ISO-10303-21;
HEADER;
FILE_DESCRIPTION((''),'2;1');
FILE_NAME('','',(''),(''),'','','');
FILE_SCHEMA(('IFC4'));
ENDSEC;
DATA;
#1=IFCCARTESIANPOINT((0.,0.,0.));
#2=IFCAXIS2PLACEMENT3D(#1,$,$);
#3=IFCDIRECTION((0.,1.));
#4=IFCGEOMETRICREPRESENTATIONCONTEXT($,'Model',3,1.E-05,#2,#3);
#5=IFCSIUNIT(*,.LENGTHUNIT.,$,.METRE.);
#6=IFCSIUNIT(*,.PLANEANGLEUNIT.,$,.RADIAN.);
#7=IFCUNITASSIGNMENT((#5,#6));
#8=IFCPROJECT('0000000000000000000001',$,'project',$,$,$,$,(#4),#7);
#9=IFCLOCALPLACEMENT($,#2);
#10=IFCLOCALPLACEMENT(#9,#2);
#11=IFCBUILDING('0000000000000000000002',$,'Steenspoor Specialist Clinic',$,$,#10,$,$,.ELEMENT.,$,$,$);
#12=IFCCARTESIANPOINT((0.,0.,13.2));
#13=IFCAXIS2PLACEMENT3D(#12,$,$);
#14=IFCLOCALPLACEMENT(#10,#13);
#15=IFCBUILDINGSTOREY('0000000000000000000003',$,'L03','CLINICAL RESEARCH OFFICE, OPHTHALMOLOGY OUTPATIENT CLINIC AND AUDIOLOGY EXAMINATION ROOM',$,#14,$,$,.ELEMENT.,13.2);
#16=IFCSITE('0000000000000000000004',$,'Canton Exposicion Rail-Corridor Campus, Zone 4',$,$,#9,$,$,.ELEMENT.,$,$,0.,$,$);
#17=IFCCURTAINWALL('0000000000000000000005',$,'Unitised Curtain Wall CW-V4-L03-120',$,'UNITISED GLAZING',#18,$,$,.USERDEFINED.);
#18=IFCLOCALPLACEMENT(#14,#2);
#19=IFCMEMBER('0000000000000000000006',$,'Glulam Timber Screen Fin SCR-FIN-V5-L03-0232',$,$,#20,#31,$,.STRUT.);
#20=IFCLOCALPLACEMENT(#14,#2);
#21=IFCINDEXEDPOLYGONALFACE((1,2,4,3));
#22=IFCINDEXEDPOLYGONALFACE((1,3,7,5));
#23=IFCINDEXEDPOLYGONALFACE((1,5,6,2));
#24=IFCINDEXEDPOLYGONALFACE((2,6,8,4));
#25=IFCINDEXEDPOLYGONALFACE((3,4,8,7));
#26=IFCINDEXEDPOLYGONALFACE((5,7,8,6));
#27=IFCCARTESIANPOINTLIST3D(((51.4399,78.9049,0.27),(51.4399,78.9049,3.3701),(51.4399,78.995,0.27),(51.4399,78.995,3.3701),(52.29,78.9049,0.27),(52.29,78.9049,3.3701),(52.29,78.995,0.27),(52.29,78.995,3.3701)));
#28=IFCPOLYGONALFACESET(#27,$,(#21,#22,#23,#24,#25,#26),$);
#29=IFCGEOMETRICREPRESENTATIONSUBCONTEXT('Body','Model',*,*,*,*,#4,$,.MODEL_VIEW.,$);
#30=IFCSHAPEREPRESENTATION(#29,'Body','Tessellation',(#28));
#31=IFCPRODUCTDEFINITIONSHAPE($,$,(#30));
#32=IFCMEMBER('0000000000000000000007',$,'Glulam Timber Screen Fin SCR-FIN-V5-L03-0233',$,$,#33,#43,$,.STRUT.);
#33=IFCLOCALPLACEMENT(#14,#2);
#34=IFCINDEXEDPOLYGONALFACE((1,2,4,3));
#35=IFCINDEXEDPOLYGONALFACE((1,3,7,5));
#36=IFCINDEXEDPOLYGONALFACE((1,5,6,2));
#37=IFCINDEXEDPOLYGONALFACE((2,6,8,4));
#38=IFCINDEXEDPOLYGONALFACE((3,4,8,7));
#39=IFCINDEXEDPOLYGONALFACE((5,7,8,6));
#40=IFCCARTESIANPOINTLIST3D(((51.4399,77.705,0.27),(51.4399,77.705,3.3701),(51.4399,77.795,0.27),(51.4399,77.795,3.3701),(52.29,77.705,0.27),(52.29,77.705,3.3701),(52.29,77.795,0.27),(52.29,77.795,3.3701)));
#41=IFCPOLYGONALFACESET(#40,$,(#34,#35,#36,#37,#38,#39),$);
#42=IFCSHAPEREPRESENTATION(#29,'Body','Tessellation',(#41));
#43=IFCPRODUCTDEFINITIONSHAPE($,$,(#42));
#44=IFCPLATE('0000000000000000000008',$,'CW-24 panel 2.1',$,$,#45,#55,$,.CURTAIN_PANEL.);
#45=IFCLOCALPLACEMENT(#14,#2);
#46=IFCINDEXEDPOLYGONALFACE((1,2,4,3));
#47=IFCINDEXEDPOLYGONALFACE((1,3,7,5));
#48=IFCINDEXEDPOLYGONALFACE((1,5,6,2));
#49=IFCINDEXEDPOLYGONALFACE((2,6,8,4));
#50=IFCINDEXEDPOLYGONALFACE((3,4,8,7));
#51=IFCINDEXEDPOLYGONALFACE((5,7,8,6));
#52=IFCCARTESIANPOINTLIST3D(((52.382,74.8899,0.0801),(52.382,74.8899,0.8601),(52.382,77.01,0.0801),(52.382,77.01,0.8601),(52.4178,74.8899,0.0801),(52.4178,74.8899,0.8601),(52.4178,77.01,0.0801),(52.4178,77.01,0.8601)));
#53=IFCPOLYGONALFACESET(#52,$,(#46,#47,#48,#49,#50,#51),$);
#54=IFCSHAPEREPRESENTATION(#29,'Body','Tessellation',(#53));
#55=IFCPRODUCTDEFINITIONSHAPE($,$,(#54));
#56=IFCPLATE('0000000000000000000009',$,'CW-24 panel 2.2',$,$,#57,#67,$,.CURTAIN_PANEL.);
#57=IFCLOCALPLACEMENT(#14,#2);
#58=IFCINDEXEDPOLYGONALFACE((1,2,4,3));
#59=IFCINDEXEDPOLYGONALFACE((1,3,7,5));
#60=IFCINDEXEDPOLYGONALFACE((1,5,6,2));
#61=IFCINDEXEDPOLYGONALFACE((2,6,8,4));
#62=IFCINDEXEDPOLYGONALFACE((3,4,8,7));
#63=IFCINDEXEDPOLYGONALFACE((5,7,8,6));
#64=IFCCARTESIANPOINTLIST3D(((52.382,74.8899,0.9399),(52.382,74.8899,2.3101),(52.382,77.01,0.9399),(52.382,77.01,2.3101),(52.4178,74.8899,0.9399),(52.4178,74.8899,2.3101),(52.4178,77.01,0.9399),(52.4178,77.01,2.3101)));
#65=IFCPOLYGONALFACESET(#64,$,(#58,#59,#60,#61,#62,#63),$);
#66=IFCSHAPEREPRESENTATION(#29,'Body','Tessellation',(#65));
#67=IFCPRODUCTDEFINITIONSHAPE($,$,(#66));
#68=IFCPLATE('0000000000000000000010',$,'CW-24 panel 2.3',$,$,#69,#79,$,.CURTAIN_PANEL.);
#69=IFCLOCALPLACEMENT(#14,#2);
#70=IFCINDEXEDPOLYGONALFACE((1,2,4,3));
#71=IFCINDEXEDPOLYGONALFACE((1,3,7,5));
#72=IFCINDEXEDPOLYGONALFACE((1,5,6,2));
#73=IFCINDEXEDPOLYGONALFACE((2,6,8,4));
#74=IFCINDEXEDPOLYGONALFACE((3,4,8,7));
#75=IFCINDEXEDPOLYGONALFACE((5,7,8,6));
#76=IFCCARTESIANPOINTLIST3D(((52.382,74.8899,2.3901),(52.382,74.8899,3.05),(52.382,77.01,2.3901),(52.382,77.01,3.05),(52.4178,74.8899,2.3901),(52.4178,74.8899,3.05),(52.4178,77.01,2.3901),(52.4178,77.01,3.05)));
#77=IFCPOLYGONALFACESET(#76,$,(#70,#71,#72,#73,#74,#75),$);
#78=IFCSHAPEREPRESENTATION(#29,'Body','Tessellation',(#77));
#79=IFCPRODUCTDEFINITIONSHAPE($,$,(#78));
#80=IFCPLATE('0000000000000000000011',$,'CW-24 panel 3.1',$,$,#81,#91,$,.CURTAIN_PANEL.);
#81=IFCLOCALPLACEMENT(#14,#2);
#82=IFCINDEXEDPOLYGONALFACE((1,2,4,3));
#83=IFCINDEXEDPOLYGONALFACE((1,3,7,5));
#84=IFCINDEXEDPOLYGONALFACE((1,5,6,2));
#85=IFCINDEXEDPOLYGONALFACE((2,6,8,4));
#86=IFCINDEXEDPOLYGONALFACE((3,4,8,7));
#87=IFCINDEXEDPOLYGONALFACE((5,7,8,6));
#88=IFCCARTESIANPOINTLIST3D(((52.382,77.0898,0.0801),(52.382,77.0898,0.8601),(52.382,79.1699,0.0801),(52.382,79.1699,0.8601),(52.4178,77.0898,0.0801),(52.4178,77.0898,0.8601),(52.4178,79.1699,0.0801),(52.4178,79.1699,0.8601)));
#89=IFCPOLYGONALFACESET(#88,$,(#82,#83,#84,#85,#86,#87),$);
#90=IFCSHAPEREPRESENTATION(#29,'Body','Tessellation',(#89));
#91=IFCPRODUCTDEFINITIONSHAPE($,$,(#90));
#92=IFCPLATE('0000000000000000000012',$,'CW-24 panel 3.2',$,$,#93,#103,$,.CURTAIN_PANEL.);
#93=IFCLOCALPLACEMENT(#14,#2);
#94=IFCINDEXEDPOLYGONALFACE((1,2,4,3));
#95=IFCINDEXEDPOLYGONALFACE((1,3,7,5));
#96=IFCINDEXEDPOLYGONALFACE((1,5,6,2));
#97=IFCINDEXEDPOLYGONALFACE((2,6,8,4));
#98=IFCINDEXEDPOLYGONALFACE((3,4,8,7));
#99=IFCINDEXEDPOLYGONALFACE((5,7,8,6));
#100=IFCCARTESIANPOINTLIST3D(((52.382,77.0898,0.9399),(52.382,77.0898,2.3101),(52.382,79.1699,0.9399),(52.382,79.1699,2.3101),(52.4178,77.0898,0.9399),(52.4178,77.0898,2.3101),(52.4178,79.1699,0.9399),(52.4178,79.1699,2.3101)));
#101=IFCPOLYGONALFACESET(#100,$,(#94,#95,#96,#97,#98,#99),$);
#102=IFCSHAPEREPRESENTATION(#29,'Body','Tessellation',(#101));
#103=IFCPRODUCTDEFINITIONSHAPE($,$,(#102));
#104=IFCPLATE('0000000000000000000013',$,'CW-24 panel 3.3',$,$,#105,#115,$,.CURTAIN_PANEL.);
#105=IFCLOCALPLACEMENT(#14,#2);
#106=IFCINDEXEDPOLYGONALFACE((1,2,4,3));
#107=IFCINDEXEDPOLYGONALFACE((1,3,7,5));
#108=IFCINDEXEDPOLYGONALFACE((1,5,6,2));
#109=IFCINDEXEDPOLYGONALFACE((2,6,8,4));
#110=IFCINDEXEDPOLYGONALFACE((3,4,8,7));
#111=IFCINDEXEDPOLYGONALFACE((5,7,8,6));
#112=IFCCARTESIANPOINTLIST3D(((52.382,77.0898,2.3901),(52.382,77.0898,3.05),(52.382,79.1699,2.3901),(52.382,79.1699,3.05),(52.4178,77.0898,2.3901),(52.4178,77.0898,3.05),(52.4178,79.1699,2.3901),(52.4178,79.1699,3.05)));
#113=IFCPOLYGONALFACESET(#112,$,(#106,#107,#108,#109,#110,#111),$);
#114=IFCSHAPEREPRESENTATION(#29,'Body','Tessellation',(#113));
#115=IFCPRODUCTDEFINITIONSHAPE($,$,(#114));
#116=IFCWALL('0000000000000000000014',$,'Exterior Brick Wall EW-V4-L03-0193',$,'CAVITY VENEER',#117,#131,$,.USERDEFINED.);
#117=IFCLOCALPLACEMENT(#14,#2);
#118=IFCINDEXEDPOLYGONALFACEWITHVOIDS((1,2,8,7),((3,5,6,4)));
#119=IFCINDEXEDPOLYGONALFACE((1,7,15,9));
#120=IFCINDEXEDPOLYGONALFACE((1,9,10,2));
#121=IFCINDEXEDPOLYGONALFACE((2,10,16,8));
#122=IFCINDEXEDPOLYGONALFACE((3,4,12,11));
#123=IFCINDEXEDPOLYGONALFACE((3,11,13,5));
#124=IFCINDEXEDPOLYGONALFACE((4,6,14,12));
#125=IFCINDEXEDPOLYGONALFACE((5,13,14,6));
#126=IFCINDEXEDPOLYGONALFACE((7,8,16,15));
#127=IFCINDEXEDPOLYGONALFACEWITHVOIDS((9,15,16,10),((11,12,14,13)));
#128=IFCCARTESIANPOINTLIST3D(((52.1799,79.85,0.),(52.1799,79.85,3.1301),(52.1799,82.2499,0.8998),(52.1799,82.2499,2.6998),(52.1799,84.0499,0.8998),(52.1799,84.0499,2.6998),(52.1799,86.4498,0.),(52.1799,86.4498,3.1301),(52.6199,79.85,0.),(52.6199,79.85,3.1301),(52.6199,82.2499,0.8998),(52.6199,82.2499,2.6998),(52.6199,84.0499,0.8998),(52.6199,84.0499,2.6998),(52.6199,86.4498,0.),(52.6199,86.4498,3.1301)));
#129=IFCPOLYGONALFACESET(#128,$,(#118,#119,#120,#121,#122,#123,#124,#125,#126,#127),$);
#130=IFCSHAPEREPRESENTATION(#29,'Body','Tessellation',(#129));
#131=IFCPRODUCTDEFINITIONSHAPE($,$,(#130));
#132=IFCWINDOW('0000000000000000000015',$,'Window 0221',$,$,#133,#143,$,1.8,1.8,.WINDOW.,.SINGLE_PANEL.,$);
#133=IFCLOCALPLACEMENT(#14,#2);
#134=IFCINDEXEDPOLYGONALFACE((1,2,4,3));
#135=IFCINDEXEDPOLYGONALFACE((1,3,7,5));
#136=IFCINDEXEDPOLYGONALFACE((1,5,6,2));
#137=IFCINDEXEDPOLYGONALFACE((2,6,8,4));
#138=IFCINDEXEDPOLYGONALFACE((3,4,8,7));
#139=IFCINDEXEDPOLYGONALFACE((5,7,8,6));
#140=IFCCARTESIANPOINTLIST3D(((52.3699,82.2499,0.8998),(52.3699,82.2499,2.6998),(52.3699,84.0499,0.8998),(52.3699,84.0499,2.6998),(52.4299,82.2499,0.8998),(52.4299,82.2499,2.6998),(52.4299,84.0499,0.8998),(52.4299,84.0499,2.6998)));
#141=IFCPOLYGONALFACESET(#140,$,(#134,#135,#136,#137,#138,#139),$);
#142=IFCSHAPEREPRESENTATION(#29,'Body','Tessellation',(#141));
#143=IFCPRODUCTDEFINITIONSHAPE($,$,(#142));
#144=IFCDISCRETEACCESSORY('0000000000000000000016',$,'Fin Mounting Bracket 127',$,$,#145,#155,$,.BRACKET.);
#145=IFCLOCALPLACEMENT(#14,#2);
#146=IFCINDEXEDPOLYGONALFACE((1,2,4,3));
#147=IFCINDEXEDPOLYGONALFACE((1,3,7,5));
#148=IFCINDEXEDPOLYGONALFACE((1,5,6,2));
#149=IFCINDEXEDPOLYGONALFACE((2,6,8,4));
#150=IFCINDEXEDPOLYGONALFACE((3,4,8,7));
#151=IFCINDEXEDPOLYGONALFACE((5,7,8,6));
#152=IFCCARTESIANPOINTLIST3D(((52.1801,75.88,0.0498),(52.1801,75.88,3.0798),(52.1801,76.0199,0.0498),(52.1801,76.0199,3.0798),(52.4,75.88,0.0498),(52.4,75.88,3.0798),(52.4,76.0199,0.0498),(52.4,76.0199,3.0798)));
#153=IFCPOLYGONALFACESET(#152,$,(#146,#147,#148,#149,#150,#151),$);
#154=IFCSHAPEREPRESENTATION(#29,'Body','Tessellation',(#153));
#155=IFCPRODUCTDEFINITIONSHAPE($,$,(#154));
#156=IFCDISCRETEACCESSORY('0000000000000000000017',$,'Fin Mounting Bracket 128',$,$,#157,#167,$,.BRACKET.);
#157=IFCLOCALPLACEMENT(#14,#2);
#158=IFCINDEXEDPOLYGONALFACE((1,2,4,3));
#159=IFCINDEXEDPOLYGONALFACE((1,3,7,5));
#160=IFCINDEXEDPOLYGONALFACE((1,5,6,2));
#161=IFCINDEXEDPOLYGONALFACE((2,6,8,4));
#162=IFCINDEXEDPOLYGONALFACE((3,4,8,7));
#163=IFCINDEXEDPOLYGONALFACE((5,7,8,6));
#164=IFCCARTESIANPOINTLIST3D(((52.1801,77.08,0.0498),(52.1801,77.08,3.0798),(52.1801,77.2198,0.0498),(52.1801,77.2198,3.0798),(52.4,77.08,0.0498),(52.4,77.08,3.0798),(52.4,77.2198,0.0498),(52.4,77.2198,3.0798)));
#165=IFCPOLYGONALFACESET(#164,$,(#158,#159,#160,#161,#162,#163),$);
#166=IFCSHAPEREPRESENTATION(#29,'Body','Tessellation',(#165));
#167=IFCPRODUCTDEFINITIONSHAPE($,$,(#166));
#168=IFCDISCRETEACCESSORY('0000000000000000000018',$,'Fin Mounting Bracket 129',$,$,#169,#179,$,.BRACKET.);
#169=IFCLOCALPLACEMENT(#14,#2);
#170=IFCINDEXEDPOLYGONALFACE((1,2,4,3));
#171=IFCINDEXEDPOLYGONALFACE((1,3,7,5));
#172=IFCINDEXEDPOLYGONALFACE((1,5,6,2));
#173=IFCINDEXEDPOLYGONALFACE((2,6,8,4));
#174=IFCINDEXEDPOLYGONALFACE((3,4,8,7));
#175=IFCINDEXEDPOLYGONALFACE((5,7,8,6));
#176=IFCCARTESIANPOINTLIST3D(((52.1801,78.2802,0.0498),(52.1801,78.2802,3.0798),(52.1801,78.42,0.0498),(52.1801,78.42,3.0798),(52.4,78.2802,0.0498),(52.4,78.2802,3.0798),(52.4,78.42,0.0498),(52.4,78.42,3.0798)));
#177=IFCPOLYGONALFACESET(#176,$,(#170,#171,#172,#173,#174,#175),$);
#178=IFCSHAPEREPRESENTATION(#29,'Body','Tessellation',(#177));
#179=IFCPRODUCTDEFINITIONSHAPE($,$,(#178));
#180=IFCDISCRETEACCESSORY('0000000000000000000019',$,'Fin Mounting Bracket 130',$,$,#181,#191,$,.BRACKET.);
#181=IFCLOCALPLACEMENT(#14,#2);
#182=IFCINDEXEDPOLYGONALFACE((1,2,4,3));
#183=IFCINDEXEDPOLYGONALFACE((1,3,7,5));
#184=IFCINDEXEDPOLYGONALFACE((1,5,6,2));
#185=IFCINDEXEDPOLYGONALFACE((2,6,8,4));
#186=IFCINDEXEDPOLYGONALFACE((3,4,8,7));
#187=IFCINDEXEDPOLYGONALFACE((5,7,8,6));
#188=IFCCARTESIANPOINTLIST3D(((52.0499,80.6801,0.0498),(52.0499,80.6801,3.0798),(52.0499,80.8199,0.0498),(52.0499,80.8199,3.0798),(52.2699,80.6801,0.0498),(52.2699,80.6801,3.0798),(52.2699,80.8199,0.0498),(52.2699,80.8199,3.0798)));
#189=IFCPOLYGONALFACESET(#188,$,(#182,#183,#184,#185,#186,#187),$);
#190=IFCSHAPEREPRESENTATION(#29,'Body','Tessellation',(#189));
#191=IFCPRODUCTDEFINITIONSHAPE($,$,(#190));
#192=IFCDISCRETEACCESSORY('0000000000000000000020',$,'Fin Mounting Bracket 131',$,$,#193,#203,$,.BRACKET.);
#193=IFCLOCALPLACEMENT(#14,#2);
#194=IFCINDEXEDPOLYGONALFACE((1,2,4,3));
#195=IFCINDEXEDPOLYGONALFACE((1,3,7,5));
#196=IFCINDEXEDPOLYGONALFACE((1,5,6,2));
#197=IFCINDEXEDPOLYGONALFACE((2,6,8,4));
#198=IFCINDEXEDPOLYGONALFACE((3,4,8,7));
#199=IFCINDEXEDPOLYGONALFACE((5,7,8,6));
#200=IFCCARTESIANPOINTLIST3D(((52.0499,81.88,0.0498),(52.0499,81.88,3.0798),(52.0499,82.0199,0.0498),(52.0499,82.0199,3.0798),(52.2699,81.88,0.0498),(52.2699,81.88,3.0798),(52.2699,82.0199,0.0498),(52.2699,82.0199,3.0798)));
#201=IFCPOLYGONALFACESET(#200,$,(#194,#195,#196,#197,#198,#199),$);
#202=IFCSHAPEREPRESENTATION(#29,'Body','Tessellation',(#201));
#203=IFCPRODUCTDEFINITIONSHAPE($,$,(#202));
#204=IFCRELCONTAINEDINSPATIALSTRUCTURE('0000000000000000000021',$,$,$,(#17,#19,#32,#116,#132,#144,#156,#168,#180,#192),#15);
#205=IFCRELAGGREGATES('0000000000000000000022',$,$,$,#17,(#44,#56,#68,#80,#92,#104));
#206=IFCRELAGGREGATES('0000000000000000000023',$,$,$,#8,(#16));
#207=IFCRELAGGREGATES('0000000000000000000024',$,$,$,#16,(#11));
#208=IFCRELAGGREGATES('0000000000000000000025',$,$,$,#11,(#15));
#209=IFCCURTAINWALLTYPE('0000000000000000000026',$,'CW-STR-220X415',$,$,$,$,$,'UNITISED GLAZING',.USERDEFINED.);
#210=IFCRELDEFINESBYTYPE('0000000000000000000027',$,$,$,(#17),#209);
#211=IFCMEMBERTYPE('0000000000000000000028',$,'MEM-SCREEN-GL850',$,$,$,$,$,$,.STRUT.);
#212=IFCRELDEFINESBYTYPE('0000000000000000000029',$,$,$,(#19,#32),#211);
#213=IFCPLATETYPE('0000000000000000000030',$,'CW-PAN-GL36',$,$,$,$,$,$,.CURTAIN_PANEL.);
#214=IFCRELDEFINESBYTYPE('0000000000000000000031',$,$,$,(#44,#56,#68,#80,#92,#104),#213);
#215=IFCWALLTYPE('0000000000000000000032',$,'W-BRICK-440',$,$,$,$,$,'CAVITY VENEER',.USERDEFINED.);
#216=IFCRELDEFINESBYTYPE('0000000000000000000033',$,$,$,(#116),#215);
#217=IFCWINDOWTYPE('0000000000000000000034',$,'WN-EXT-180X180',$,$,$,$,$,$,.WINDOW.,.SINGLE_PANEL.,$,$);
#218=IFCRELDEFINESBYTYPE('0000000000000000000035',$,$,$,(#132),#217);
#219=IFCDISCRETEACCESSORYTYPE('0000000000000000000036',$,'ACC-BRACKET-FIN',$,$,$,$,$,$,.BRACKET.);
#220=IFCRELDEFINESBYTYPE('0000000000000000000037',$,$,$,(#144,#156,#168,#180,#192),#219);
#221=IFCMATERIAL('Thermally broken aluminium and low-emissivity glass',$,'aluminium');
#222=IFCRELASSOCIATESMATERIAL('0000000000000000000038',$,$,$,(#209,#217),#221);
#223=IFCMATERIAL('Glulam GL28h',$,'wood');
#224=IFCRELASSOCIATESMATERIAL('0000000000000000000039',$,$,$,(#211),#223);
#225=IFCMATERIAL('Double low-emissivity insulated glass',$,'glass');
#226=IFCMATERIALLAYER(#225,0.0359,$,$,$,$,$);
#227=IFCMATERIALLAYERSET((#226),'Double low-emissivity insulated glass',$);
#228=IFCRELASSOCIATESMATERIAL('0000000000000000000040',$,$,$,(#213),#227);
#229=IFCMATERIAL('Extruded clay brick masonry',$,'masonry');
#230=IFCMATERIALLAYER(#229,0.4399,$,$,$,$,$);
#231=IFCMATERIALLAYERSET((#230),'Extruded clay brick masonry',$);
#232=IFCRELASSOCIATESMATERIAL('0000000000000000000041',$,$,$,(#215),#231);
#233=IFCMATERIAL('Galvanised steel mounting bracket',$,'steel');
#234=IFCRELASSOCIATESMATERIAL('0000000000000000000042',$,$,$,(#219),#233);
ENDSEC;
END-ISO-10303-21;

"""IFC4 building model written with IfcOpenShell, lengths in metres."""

from ifc_helpers import new_model, si_unit, direction, frame, frame_2d, origin, origin_2d, place, context, subcontext, project, spatial, rectangle, extrude, material, layer, layer_set, material_profile, profile_set, type_object, element, fill, aggregate, save


model = new_model("IFC4")

# Units and contexts
model_context = context("Model", 3, precision=1e-05, world=origin(), true_north=direction((0.0, 1.0)))
body_context = subcontext(model_context, "Body", "Model", "MODEL_VIEW")
ifc_project = project(units=[si_unit("LENGTHUNIT", "METRE"), si_unit("PLANEANGLEUNIT", "RADIAN")], contexts=[model_context])

# Site, building, storey
site_placement = place(None, origin())
site = spatial("IfcSite", under=ifc_project, at=site_placement, Name="Canton Exposicion Rail-Corridor Campus, Zone 4", CompositionType="ELEMENT", RefElevation=0.0)
building_placement = place(site_placement, origin())
building = spatial("IfcBuilding", under=site, at=building_placement, Name="Steenspoor Specialist Clinic", CompositionType="ELEMENT")
storey_placement = place(building_placement, frame((0.0, 0.0, 13.2)))
storey = spatial("IfcBuildingStorey", under=building, at=storey_placement, Name="L03", Description="CLINICAL RESEARCH OFFICE, OPHTHALMOLOGY OUTPATIENT CLINIC AND AUDIOLOGY EXAMINATION ROOM", CompositionType="ELEMENT", Elevation=13.2)

# Shared definitions
ifc_material_1 = material(Name="Glulam GL28h", Category="wood")

# Shared definitions
ifc_material_2 = material(Name="Thermally broken aluminium and low-emissivity glass", Category="aluminium")

# Curtain wall
curtain_wall_type_1 = type_object("IfcCurtainWallType", Name="CW-STR-220X415", ElementType="UNITISED GLAZING", PredefinedType="USERDEFINED", material=ifc_material_2)
curtain_wall_1_placement = place(storey_placement, origin())
curtain_wall_1 = element("IfcCurtainWall", 1, at=curtain_wall_1_placement, inside=storey, type_object=curtain_wall_type_1, Name="Unitised Curtain Wall CW-V4-L03-120", ObjectType="UNITISED GLAZING", PredefinedType="USERDEFINED")

# Members
ifc_material_profile_1 = material_profile(ifc_material_1, rectangle(XDim=0.0901, YDim=0.8501, at=origin_2d()), Name="GL28H-90X850")
ifc_profile_set_1 = profile_set([ifc_material_profile_1], Name="Glulam GL28h")
member_type_1 = type_object("IfcMemberType", Name="MEM-SCREEN-GL850", PredefinedType="STRUT", material=ifc_profile_set_1)
for number, where, z_axis, x_axis, name in (
    (2, (51.865, 78.95, 0.27), (0.0, 0.0, 1.0), (0.0, -1.0, 0.0), "Glulam Timber Screen Fin SCR-FIN-V5-L03-0232"),
    (3, (51.865, 77.75, 0.27), (0.0, 0.0, 1.0), (0.0, -1.0, 0.0), "Glulam Timber Screen Fin SCR-FIN-V5-L03-0233"),
):
    element("IfcMember", number, at=place(storey_placement, frame(where, z_axis=z_axis, x_axis=x_axis)), inside=storey, type_object=member_type_1, Name=name, PredefinedType="STRUT", context=body_context, shape_type="SweptSolid", body=[
        extrude(rectangle(XDim=0.0901, YDim=0.8501, at=origin_2d()), origin(), (0.0, 0.0, 1.0), 3.1001),
    ])

# Plates
ifc_material_3 = material(Name="Double low-emissivity insulated glass", Category="glass")
ifc_layer_1 = layer(ifc_material_3, 0.0359)
ifc_layer_set_1 = layer_set([ifc_layer_1], Name="Double low-emissivity insulated glass")
plate_type = type_object("IfcPlateType", Name="CW-PAN-GL36", PredefinedType="CURTAIN_PANEL", material=ifc_layer_set_1)
plate_1_placement = place(storey_placement, frame((52.3999, 75.95, 0.0801), z_axis=(0.0, 0.0, 1.0), x_axis=(0.0, 1.0, 0.0)))
plate_1 = element("IfcPlate", 4, at=plate_1_placement, type_object=plate_type, Name="CW-24 panel 2.1", PredefinedType="CURTAIN_PANEL", context=body_context, shape_type="SweptSolid", body=[
    extrude(rectangle(XDim=2.1201, YDim=0.0359, at=origin_2d()), origin(), (0.0, 0.0, 1.0), 0.78),
])
plate_2_placement = place(storey_placement, frame((52.3999, 75.95, 0.9399), z_axis=(0.0, 0.0, 1.0), x_axis=(0.0, 1.0, 0.0)))
plate_2 = element("IfcPlate", 5, at=plate_2_placement, type_object=plate_type, Name="CW-24 panel 2.2", PredefinedType="CURTAIN_PANEL", context=body_context, shape_type="SweptSolid", body=[
    extrude(rectangle(XDim=2.1201, YDim=0.0359, at=origin_2d()), origin(), (0.0, 0.0, 1.0), 1.3701),
])
plate_3_placement = place(storey_placement, frame((52.3999, 75.95, 2.3901), z_axis=(0.0, 0.0, 1.0), x_axis=(0.0, 1.0, 0.0)))
plate_3 = element("IfcPlate", 6, at=plate_3_placement, type_object=plate_type, Name="CW-24 panel 2.3", PredefinedType="CURTAIN_PANEL", context=body_context, shape_type="SweptSolid", body=[
    extrude(rectangle(XDim=2.1201, YDim=0.0359, at=origin_2d()), origin(), (0.0, 0.0, 1.0), 0.6599),
])
plate_4_placement = place(storey_placement, frame((52.3999, 78.1299, 0.0801), z_axis=(0.0, 0.0, 1.0), x_axis=(0.0, 1.0, 0.0)))
plate_4 = element("IfcPlate", 7, at=plate_4_placement, type_object=plate_type, Name="CW-24 panel 3.1", PredefinedType="CURTAIN_PANEL", context=body_context, shape_type="SweptSolid", body=[
    extrude(rectangle(XDim=2.0801, YDim=0.0359, at=origin_2d()), origin(), (0.0, 0.0, 1.0), 0.78),
])
plate_5_placement = place(storey_placement, frame((52.3999, 78.1299, 0.9399), z_axis=(0.0, 0.0, 1.0), x_axis=(0.0, 1.0, 0.0)))
plate_5 = element("IfcPlate", 8, at=plate_5_placement, type_object=plate_type, Name="CW-24 panel 3.2", PredefinedType="CURTAIN_PANEL", context=body_context, shape_type="SweptSolid", body=[
    extrude(rectangle(XDim=2.0801, YDim=0.0359, at=origin_2d()), origin(), (0.0, 0.0, 1.0), 1.3701),
])
plate_6_placement = place(storey_placement, frame((52.3999, 78.1299, 2.3901), z_axis=(0.0, 0.0, 1.0), x_axis=(0.0, 1.0, 0.0)))
plate_6 = element("IfcPlate", 9, at=plate_6_placement, type_object=plate_type, Name="CW-24 panel 3.3", PredefinedType="CURTAIN_PANEL", context=body_context, shape_type="SweptSolid", body=[
    extrude(rectangle(XDim=2.0801, YDim=0.0359, at=origin_2d()), origin(), (0.0, 0.0, 1.0), 0.6599),
])
aggregate(curtain_wall_1, [plate_1, plate_2, plate_3, plate_4, plate_5, plate_6])

# Wall, opening, window
ifc_material_4 = material(Name="Extruded clay brick masonry", Category="masonry")
ifc_layer_2 = layer(ifc_material_4, 0.4399)
ifc_layer_set_2 = layer_set([ifc_layer_2], Name="Extruded clay brick masonry")
wall_type = type_object("IfcWallType", Name="W-BRICK-440", ElementType="CAVITY VENEER", PredefinedType="USERDEFINED", material=ifc_layer_set_2)
wall_placement = place(storey_placement, frame((52.3999, 79.8501, 0.0), z_axis=(0.0, 0.0, 1.0), x_axis=(0.0, 1.0, 0.0)))
wall = element("IfcWall", 10, at=wall_placement, inside=storey, type_object=wall_type, Name="Exterior Brick Wall EW-V4-L03-0193", ObjectType="CAVITY VENEER", PredefinedType="USERDEFINED", context=body_context, shape_type="SweptSolid", body=[
    extrude(rectangle(XDim=6.5999, YDim=0.4399, at=frame_2d((3.2998, 0.0))), origin(), (0.0, 0.0, 1.0), 3.1301),
])
opening_placement = place(wall_placement, frame((2.3999, 0.0, 0.8999)))
opening = element("IfcOpeningElement", 11, at=opening_placement, cuts=wall, PredefinedType="OPENING", context=body_context, shape_type="SweptSolid", body=[
    extrude(rectangle(XDim=1.8, YDim=1.8, at=frame_2d((0.8999, 0.8999))), frame((0.0, 0.23, 0.0), z_axis=(0.0, -1.0, 0.0), x_axis=(1.0, 0.0, 0.0)), (0.0, 0.0, 1.0), 0.46),
])
window_type = type_object("IfcWindowType", Name="WN-EXT-180X180", PartitioningType="SINGLE_PANEL", PredefinedType="WINDOW", material=ifc_material_2)
window_placement = place(opening_placement, origin())
window = element("IfcWindow", 12, at=window_placement, inside=storey, type_object=window_type, Name="Window 0221", OverallHeight=1.8, OverallWidth=1.8, PartitioningType="SINGLE_PANEL", PredefinedType="WINDOW", context=body_context, shape_type="SweptSolid", body=[
    extrude(rectangle(XDim=1.8, YDim=1.8, at=frame_2d((0.8999, 0.8999))), frame((0.0, 0.03, 0.0), z_axis=(0.0, -1.0, 0.0), x_axis=(1.0, 0.0, 0.0)), (0.0, 0.0, 1.0), 0.0601),
])
fill(opening, window)

# Discrete accessories
ifc_material_5 = material(Name="Galvanised steel mounting bracket", Category="steel")
discrete_accessory_type = type_object("IfcDiscreteAccessoryType", Name="ACC-BRACKET-FIN", PredefinedType="BRACKET", material=ifc_material_5)
for number, where, z_axis, x_axis, name in (
    (13, (52.29, 75.95, 0.0498), (0.0, 0.0, 1.0), (-1.0, 0.0, 0.0), "Fin Mounting Bracket 127"),
    (14, (52.29, 77.1499, 0.0498), (0.0, 0.0, 1.0), (-1.0, 0.0, 0.0), "Fin Mounting Bracket 128"),
    (15, (52.29, 78.3501, 0.0498), (0.0, 0.0, 1.0), (-1.0, 0.0, 0.0), "Fin Mounting Bracket 129"),
    (16, (52.1599, 80.75, 0.0498), (0.0, 0.0, 1.0), (-1.0, 0.0, 0.0), "Fin Mounting Bracket 130"),
    (17, (52.1599, 81.95, 0.0498), (0.0, 0.0, 1.0), (-1.0, 0.0, 0.0), "Fin Mounting Bracket 131"),
):
    element("IfcDiscreteAccessory", number, at=place(storey_placement, frame(where, z_axis=z_axis, x_axis=x_axis)), inside=storey, type_object=discrete_accessory_type, Name=name, PredefinedType="BRACKET", context=body_context, shape_type="SweptSolid", body=[
        extrude(rectangle(XDim=0.22, YDim=0.1399, at=origin_2d()), origin(), (0.0, 0.0, 1.0), 3.03),
    ])

save(model, "model.ifc")
